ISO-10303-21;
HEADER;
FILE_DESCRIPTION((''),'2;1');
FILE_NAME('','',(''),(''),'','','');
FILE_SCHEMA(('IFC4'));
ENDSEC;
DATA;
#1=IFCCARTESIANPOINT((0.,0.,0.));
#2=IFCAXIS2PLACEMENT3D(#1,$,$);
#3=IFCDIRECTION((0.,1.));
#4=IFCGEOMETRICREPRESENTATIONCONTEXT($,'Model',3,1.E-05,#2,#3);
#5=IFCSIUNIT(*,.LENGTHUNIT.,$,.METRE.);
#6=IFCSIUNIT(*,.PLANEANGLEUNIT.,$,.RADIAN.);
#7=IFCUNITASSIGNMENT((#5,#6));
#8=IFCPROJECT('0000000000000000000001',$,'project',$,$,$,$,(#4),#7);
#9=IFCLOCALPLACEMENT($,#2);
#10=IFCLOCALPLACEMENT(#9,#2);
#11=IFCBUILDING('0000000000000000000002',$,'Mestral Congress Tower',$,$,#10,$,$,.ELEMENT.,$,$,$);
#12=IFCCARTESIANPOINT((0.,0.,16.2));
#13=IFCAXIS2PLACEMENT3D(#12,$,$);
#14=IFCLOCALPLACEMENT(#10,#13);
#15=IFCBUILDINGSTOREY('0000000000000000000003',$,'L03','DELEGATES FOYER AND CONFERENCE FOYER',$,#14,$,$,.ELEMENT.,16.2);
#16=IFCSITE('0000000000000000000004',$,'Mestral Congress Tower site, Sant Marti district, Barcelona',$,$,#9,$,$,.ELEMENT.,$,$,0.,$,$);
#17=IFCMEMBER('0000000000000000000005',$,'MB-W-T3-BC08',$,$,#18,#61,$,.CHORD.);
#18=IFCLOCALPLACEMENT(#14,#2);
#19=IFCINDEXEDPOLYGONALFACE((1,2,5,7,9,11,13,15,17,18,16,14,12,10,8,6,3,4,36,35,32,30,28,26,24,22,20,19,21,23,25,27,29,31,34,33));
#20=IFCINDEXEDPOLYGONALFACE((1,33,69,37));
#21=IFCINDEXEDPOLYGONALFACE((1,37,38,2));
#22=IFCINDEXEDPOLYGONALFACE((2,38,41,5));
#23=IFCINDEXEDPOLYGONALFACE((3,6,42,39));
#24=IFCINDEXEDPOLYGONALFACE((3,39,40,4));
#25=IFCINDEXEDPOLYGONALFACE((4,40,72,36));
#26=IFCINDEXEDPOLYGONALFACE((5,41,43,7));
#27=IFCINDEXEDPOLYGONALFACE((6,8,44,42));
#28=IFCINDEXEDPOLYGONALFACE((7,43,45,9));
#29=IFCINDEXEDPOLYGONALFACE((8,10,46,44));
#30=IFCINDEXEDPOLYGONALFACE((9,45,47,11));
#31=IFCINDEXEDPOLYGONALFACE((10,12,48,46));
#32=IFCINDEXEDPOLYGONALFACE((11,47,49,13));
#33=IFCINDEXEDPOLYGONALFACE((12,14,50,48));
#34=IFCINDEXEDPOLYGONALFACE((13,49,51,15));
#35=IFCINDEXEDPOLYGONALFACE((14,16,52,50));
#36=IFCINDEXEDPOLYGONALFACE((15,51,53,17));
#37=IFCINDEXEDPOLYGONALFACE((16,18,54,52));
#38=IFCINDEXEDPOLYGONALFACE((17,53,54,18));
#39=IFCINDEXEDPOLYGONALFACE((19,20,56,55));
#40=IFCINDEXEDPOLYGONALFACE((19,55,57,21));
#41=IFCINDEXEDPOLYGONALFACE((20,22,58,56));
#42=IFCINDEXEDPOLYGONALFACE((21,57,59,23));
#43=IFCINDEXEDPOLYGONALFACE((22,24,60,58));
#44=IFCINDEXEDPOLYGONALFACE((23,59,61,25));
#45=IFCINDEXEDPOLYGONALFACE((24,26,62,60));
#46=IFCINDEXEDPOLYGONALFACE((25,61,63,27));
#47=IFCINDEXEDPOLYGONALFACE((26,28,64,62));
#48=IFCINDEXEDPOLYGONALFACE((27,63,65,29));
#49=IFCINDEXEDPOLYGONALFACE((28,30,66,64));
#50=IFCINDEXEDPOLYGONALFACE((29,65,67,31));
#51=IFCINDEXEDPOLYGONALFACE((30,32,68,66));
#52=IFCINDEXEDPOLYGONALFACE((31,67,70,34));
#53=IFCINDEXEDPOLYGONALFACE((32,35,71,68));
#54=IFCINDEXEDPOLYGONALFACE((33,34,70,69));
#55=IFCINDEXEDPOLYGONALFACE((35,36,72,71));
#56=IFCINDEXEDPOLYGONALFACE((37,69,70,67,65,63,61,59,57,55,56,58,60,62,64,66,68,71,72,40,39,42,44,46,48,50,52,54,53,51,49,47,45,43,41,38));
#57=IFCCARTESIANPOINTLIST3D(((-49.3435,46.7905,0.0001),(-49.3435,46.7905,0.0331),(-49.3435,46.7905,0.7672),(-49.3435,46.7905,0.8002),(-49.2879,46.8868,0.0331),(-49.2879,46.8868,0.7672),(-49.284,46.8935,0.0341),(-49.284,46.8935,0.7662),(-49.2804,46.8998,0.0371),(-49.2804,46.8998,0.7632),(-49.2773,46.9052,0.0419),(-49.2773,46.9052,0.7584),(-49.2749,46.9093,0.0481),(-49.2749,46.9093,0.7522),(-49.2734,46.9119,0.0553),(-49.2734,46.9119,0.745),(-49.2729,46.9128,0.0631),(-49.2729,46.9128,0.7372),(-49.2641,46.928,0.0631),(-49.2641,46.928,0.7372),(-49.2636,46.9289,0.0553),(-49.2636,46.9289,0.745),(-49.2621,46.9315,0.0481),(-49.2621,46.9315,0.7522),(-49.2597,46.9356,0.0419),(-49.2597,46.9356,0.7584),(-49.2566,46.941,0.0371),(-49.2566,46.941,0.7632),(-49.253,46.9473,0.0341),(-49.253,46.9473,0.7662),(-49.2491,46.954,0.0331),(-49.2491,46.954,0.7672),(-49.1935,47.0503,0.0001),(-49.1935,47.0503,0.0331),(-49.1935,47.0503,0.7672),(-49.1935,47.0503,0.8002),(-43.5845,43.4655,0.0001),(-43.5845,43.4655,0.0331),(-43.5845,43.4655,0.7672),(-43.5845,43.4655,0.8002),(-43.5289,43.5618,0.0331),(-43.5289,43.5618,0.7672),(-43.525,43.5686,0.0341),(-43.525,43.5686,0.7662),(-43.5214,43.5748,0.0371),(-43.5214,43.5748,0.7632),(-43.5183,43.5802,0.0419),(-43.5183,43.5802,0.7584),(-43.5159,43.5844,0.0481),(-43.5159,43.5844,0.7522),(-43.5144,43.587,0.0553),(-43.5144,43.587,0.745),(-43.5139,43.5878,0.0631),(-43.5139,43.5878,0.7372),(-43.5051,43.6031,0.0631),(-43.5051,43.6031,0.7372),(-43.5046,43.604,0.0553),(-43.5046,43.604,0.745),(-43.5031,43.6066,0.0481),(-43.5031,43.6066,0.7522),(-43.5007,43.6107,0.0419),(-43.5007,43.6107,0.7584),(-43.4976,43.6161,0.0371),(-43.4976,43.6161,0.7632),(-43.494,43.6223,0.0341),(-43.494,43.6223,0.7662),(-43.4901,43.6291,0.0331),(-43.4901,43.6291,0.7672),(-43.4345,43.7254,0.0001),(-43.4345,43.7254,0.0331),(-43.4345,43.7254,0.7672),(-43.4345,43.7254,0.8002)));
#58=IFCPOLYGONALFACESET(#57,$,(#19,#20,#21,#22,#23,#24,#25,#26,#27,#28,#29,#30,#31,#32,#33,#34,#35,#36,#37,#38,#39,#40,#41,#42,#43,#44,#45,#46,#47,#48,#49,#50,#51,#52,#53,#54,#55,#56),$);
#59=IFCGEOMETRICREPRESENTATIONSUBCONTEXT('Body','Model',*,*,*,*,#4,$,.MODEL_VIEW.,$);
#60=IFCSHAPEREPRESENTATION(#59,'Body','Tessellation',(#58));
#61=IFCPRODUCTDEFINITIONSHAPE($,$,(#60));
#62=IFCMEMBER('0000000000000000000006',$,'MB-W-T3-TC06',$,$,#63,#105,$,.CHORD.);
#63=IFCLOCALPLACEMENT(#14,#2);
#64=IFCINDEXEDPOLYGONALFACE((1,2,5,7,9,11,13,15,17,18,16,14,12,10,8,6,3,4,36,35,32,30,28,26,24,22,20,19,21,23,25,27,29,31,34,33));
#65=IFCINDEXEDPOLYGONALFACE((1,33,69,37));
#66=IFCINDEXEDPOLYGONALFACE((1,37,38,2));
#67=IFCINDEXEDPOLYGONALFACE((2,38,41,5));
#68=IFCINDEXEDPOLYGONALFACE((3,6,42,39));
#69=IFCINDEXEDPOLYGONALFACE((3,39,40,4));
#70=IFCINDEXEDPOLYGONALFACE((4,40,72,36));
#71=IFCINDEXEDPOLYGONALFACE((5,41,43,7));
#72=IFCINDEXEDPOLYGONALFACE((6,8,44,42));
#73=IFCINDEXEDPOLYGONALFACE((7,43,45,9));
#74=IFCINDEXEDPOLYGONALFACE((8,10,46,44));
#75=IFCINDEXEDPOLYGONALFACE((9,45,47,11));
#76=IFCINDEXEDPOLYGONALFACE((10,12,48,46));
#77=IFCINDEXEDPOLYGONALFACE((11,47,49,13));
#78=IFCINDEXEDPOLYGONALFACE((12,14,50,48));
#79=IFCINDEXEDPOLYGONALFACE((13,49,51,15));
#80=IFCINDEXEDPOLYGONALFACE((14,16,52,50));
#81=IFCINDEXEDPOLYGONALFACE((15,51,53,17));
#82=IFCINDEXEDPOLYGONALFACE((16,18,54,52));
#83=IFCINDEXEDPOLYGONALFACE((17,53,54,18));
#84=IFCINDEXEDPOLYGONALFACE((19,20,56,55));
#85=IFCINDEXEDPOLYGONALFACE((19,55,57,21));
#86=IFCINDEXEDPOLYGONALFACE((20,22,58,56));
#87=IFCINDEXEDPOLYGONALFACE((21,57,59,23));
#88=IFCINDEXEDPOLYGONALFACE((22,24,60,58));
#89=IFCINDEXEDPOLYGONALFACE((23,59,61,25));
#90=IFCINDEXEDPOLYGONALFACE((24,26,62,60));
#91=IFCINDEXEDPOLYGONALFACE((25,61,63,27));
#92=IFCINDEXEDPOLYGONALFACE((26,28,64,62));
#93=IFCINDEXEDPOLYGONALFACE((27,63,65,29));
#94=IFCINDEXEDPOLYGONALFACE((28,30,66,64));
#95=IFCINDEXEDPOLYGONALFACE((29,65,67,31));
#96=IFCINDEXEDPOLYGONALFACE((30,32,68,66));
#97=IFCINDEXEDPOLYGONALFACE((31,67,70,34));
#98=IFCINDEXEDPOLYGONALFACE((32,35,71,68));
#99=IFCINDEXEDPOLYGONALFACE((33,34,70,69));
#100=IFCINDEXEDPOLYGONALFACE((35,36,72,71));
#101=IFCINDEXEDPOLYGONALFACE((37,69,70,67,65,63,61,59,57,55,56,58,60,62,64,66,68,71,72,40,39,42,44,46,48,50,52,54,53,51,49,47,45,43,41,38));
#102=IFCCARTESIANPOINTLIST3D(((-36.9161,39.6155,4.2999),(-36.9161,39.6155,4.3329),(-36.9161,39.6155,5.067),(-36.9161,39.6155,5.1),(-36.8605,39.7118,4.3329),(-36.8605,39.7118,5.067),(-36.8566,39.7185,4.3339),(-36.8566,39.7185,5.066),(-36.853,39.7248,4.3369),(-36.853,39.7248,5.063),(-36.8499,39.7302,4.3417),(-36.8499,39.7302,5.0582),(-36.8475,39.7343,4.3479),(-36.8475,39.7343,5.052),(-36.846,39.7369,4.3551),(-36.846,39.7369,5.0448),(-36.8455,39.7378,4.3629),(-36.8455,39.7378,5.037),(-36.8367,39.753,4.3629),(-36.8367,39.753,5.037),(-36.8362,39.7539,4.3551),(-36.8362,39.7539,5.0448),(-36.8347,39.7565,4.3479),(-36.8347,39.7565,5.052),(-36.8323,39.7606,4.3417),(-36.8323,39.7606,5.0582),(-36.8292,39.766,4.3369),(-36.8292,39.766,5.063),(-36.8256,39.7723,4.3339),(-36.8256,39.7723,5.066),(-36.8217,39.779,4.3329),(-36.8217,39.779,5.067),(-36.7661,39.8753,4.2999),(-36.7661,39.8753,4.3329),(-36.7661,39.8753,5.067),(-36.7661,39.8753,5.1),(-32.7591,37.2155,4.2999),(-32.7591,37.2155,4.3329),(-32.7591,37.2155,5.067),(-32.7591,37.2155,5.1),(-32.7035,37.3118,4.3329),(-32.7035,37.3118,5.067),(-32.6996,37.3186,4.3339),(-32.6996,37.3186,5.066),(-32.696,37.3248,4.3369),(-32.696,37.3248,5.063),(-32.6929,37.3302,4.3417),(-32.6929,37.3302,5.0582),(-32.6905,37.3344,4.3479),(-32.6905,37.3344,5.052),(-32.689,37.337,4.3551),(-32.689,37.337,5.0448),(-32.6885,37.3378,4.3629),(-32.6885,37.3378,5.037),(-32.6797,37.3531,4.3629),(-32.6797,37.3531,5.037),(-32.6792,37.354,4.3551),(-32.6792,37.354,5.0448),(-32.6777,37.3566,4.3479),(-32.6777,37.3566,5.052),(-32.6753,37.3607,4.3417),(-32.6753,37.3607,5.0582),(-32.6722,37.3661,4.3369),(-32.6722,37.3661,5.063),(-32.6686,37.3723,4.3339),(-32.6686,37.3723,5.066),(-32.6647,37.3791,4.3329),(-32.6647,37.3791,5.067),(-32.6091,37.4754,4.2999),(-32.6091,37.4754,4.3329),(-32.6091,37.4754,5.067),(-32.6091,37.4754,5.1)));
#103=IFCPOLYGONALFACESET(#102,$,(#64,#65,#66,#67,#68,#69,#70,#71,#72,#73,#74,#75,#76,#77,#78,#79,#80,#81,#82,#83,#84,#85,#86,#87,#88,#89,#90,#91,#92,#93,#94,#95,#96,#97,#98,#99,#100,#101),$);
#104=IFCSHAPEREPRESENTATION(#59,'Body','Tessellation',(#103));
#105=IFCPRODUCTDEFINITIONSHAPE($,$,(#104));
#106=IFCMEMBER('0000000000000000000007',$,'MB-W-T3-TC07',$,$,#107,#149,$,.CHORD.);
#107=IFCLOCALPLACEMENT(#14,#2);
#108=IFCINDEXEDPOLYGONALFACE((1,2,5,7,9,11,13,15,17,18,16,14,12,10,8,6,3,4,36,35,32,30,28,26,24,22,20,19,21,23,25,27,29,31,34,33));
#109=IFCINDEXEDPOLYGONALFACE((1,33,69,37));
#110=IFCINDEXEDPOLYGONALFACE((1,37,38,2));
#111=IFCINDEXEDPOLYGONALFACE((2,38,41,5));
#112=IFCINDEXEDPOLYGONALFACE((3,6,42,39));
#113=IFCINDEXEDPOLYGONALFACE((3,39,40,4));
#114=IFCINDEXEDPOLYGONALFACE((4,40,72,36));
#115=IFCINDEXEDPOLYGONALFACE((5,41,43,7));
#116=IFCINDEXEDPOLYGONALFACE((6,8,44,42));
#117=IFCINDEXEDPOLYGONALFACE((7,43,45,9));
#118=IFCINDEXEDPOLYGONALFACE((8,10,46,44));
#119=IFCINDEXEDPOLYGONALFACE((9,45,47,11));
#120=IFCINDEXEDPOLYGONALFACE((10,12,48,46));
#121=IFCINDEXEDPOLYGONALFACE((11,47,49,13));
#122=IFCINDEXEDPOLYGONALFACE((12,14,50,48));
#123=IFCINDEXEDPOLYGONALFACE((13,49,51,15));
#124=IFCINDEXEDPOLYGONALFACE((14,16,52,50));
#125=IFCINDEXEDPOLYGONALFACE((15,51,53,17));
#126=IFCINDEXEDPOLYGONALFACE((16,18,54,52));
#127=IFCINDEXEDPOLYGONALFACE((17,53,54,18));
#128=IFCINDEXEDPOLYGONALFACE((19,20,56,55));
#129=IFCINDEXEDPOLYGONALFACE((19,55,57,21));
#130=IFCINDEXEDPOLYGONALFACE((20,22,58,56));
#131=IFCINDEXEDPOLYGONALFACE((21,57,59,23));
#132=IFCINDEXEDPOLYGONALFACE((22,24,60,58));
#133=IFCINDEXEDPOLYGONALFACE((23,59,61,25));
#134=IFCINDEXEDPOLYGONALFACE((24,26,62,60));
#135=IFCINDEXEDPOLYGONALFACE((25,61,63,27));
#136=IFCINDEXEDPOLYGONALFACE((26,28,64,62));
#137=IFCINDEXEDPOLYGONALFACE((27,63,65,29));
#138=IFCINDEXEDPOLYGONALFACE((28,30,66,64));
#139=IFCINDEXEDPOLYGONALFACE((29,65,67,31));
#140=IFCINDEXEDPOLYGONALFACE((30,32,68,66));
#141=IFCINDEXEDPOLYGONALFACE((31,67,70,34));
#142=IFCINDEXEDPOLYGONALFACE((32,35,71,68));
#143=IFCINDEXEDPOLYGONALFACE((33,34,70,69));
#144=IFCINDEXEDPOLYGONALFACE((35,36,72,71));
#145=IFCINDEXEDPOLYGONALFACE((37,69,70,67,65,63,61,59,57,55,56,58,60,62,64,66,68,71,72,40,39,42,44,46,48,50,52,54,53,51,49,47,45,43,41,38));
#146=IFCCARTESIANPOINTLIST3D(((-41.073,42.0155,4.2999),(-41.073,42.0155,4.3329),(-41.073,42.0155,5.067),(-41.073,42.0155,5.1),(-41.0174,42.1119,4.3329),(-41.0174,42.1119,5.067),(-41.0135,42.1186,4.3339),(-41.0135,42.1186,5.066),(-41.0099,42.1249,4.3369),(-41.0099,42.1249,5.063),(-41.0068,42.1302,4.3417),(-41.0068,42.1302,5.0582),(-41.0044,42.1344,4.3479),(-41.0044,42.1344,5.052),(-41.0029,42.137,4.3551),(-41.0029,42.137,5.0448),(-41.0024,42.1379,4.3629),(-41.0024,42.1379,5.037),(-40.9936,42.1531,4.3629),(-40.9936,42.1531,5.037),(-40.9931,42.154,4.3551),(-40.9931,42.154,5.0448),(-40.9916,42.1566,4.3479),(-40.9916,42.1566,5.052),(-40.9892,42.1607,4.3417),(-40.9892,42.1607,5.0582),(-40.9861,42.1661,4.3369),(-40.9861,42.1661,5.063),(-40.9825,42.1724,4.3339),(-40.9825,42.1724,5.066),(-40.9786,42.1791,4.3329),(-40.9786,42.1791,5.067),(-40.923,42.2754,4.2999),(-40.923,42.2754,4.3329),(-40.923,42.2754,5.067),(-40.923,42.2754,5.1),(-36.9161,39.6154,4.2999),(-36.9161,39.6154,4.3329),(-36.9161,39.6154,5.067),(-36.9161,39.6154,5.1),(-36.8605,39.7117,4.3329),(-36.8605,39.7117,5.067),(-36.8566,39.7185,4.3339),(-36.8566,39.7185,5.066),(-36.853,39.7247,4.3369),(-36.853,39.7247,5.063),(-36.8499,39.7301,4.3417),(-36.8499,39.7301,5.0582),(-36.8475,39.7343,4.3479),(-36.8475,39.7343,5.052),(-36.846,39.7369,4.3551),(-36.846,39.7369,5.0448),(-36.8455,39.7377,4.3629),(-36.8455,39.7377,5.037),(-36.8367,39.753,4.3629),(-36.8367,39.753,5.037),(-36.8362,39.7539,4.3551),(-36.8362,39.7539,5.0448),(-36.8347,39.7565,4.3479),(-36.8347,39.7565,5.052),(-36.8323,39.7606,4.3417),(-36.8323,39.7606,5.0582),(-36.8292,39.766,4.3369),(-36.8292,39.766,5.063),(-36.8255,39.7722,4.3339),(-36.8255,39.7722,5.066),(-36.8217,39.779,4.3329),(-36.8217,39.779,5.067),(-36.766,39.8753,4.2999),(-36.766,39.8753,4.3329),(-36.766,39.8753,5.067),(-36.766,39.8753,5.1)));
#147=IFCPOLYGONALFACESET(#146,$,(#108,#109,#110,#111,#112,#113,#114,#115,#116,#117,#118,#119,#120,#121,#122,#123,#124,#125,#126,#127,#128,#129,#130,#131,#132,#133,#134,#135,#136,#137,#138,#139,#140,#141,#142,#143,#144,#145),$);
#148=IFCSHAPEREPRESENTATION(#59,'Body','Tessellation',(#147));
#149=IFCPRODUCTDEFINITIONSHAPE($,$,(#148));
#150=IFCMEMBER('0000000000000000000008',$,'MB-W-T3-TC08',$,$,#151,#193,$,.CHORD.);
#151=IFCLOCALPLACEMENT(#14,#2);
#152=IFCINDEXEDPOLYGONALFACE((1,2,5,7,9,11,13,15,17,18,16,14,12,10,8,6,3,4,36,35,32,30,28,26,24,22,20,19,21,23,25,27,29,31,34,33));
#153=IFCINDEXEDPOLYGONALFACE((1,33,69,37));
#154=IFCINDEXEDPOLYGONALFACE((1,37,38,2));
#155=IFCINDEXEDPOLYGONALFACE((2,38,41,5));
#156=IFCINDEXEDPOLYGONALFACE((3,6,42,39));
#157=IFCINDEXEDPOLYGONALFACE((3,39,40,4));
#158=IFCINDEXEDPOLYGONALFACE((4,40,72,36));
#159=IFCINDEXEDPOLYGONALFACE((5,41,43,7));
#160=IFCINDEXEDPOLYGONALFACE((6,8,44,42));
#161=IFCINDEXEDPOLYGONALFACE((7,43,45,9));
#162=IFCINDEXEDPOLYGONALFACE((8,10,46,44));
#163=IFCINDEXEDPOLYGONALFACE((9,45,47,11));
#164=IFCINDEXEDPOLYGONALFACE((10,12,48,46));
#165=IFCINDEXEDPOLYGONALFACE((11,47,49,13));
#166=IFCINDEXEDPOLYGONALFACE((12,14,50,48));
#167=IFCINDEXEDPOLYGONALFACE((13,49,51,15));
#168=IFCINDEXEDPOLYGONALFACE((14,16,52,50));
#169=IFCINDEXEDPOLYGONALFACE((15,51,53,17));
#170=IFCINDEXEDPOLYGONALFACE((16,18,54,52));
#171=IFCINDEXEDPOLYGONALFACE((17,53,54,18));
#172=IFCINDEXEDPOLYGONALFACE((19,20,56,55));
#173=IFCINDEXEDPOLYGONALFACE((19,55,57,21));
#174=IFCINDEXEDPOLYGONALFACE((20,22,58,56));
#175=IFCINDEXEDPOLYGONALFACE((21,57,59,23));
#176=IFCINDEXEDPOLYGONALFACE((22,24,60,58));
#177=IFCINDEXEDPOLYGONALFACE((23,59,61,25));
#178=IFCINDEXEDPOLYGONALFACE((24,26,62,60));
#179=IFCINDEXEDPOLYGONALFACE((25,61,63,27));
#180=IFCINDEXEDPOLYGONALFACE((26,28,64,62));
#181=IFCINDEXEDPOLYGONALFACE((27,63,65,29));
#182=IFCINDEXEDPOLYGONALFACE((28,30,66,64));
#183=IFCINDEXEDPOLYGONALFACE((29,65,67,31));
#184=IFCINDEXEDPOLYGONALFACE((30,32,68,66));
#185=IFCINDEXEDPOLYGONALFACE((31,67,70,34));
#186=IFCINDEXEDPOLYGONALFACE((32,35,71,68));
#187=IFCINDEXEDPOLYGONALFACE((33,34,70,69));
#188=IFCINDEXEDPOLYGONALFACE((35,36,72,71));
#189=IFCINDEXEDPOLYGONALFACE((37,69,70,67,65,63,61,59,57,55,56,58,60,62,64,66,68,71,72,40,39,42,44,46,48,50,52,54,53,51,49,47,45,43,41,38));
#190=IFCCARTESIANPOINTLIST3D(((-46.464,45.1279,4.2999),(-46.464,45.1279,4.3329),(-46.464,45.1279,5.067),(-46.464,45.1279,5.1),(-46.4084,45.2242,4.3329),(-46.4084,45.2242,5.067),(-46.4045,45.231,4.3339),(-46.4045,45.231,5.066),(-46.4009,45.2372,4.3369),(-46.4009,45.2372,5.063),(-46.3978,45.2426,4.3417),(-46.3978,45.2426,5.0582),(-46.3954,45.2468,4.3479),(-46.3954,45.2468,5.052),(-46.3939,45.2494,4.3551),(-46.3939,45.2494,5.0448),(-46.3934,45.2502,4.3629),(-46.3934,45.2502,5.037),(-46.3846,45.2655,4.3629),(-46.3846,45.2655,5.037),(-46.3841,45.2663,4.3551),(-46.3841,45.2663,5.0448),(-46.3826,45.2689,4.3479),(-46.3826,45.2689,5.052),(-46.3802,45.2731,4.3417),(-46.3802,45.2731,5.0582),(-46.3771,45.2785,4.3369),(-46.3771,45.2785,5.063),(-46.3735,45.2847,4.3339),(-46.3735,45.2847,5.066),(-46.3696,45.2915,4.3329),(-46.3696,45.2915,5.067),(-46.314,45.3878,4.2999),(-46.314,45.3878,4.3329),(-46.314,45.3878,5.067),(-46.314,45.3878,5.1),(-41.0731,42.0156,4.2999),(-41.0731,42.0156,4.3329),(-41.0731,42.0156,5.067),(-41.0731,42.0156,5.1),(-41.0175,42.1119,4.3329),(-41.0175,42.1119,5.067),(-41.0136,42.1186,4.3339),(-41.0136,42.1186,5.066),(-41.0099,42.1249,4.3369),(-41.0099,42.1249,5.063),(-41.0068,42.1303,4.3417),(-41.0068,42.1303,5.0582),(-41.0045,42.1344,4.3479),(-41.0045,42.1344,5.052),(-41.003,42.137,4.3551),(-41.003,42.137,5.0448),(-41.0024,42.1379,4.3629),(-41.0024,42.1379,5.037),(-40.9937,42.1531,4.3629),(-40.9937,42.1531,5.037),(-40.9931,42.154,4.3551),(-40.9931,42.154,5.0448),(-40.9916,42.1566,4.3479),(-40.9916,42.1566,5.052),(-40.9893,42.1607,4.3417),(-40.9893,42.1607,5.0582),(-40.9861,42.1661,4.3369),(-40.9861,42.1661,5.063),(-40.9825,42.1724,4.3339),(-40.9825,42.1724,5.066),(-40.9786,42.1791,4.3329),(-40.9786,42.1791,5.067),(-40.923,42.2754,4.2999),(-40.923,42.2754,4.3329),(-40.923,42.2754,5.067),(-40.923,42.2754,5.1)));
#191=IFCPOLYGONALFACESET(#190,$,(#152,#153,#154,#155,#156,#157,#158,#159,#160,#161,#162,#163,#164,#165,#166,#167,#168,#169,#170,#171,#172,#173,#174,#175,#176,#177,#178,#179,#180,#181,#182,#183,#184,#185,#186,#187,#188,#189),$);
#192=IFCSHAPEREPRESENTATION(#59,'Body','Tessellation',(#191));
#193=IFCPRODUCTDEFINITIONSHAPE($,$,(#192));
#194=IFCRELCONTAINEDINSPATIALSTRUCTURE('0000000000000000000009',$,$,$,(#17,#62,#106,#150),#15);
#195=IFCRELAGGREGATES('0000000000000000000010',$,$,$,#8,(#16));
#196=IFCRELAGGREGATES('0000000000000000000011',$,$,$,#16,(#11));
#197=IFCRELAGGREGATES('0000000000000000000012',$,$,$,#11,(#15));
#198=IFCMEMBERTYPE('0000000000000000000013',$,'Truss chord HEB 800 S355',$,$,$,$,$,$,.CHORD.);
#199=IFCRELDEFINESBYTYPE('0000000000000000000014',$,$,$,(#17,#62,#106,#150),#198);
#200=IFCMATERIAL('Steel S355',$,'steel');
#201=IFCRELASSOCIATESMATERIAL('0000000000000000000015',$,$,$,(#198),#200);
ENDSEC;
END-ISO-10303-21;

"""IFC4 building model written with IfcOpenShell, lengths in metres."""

from ifc_helpers import new_model, si_unit, direction, frame, origin, origin_2d, place, context, subcontext, project, spatial, i_section, extrude, material, material_profile, profile_set, type_object, element, save


model = new_model("IFC4")

# Units and contexts
model_context = context("Model", 3, precision=1e-05, world=origin(), true_north=direction((0.0, 1.0)))
body_context = subcontext(model_context, "Body", "Model", "MODEL_VIEW")
ifc_project = project(units=[si_unit("LENGTHUNIT", "METRE"), si_unit("PLANEANGLEUNIT", "RADIAN")], contexts=[model_context])

# Site, building, storey
site_placement = place(None, origin())
site = spatial("IfcSite", under=ifc_project, at=site_placement, Name="Mestral Congress Tower site, Sant Marti district, Barcelona", CompositionType="ELEMENT", RefElevation=0.0)
building_placement = place(site_placement, origin())
building = spatial("IfcBuilding", under=site, at=building_placement, Name="Mestral Congress Tower", CompositionType="ELEMENT")
storey_placement = place(building_placement, frame((0.0, 0.0, 16.2)))
storey = spatial("IfcBuildingStorey", under=building, at=storey_placement, Name="L03", Description="DELEGATES FOYER AND CONFERENCE FOYER", CompositionType="ELEMENT", Elevation=16.2)

# Members
ifc_material = material(Name="Steel S355", Category="steel")
ifc_material_profile_1 = material_profile(ifc_material, i_section(OverallWidth=0.3, OverallDepth=0.8, WebThickness=0.0176, FlangeThickness=0.033, FilletRadius=0.03, at=origin_2d()), Name="HEB 800")
ifc_profile_set_1 = profile_set([ifc_material_profile_1], Name="Steel S355")
member_type_1 = type_object("IfcMemberType", Name="Truss chord HEB 800 S355", PredefinedType="CHORD", material=ifc_profile_set_1)
member_1_placement = place(storey_placement, frame((-43.5095, 43.5955, 0.4001), z_axis=(-0.866027, 0.499997, 0.0), x_axis=(-0.499997, -0.866027, 0.0)))
element("IfcMember", 1, at=member_1_placement, inside=storey, type_object=member_type_1, Name="MB-W-T3-BC08", PredefinedType="CHORD", context=body_context, shape_type="SweptSolid", body=[
    extrude(i_section(OverallWidth=0.3, OverallDepth=0.8, WebThickness=0.0176, FlangeThickness=0.033, FilletRadius=0.03, at=origin_2d()), origin(), (0.0, 0.0, 1.0), 6.6499),
])
for number, where, z_axis, x_axis, name in (
    (2, (-32.6841, 37.3455, 4.7), (-0.866037, 0.499979, 0.0), (-0.499979, -0.866037, 0.0), "MB-W-T3-TC06"),
    (3, (-36.8411, 39.7454, 4.7), (-0.866015, 0.500017, 0.0), (-0.500017, -0.866015, 0.0), "MB-W-T3-TC07"),
):
    element("IfcMember", number, at=place(storey_placement, frame(where, z_axis=z_axis, x_axis=x_axis)), inside=storey, type_object=member_type_1, Name=name, PredefinedType="CHORD", context=body_context, shape_type="SweptSolid", body=[
        extrude(i_section(OverallWidth=0.3, OverallDepth=0.8, WebThickness=0.0176, FlangeThickness=0.033, FilletRadius=0.03, at=origin_2d()), origin(), (0.0, 0.0, 1.0), 4.8),
    ])
member_2_placement = place(storey_placement, frame((-40.998, 42.1455, 4.7), z_axis=(-0.866033, 0.499986, 0.0), x_axis=(-0.499986, -0.866033, 0.0)))
element("IfcMember", 4, at=member_2_placement, inside=storey, type_object=member_type_1, Name="MB-W-T3-TC08", PredefinedType="CHORD", context=body_context, shape_type="SweptSolid", body=[
    extrude(i_section(OverallWidth=0.3, OverallDepth=0.8, WebThickness=0.0176, FlangeThickness=0.033, FilletRadius=0.03, at=origin_2d()), origin(), (0.0, 0.0, 1.0), 6.2249),
])

save(model, "model.ifc")
